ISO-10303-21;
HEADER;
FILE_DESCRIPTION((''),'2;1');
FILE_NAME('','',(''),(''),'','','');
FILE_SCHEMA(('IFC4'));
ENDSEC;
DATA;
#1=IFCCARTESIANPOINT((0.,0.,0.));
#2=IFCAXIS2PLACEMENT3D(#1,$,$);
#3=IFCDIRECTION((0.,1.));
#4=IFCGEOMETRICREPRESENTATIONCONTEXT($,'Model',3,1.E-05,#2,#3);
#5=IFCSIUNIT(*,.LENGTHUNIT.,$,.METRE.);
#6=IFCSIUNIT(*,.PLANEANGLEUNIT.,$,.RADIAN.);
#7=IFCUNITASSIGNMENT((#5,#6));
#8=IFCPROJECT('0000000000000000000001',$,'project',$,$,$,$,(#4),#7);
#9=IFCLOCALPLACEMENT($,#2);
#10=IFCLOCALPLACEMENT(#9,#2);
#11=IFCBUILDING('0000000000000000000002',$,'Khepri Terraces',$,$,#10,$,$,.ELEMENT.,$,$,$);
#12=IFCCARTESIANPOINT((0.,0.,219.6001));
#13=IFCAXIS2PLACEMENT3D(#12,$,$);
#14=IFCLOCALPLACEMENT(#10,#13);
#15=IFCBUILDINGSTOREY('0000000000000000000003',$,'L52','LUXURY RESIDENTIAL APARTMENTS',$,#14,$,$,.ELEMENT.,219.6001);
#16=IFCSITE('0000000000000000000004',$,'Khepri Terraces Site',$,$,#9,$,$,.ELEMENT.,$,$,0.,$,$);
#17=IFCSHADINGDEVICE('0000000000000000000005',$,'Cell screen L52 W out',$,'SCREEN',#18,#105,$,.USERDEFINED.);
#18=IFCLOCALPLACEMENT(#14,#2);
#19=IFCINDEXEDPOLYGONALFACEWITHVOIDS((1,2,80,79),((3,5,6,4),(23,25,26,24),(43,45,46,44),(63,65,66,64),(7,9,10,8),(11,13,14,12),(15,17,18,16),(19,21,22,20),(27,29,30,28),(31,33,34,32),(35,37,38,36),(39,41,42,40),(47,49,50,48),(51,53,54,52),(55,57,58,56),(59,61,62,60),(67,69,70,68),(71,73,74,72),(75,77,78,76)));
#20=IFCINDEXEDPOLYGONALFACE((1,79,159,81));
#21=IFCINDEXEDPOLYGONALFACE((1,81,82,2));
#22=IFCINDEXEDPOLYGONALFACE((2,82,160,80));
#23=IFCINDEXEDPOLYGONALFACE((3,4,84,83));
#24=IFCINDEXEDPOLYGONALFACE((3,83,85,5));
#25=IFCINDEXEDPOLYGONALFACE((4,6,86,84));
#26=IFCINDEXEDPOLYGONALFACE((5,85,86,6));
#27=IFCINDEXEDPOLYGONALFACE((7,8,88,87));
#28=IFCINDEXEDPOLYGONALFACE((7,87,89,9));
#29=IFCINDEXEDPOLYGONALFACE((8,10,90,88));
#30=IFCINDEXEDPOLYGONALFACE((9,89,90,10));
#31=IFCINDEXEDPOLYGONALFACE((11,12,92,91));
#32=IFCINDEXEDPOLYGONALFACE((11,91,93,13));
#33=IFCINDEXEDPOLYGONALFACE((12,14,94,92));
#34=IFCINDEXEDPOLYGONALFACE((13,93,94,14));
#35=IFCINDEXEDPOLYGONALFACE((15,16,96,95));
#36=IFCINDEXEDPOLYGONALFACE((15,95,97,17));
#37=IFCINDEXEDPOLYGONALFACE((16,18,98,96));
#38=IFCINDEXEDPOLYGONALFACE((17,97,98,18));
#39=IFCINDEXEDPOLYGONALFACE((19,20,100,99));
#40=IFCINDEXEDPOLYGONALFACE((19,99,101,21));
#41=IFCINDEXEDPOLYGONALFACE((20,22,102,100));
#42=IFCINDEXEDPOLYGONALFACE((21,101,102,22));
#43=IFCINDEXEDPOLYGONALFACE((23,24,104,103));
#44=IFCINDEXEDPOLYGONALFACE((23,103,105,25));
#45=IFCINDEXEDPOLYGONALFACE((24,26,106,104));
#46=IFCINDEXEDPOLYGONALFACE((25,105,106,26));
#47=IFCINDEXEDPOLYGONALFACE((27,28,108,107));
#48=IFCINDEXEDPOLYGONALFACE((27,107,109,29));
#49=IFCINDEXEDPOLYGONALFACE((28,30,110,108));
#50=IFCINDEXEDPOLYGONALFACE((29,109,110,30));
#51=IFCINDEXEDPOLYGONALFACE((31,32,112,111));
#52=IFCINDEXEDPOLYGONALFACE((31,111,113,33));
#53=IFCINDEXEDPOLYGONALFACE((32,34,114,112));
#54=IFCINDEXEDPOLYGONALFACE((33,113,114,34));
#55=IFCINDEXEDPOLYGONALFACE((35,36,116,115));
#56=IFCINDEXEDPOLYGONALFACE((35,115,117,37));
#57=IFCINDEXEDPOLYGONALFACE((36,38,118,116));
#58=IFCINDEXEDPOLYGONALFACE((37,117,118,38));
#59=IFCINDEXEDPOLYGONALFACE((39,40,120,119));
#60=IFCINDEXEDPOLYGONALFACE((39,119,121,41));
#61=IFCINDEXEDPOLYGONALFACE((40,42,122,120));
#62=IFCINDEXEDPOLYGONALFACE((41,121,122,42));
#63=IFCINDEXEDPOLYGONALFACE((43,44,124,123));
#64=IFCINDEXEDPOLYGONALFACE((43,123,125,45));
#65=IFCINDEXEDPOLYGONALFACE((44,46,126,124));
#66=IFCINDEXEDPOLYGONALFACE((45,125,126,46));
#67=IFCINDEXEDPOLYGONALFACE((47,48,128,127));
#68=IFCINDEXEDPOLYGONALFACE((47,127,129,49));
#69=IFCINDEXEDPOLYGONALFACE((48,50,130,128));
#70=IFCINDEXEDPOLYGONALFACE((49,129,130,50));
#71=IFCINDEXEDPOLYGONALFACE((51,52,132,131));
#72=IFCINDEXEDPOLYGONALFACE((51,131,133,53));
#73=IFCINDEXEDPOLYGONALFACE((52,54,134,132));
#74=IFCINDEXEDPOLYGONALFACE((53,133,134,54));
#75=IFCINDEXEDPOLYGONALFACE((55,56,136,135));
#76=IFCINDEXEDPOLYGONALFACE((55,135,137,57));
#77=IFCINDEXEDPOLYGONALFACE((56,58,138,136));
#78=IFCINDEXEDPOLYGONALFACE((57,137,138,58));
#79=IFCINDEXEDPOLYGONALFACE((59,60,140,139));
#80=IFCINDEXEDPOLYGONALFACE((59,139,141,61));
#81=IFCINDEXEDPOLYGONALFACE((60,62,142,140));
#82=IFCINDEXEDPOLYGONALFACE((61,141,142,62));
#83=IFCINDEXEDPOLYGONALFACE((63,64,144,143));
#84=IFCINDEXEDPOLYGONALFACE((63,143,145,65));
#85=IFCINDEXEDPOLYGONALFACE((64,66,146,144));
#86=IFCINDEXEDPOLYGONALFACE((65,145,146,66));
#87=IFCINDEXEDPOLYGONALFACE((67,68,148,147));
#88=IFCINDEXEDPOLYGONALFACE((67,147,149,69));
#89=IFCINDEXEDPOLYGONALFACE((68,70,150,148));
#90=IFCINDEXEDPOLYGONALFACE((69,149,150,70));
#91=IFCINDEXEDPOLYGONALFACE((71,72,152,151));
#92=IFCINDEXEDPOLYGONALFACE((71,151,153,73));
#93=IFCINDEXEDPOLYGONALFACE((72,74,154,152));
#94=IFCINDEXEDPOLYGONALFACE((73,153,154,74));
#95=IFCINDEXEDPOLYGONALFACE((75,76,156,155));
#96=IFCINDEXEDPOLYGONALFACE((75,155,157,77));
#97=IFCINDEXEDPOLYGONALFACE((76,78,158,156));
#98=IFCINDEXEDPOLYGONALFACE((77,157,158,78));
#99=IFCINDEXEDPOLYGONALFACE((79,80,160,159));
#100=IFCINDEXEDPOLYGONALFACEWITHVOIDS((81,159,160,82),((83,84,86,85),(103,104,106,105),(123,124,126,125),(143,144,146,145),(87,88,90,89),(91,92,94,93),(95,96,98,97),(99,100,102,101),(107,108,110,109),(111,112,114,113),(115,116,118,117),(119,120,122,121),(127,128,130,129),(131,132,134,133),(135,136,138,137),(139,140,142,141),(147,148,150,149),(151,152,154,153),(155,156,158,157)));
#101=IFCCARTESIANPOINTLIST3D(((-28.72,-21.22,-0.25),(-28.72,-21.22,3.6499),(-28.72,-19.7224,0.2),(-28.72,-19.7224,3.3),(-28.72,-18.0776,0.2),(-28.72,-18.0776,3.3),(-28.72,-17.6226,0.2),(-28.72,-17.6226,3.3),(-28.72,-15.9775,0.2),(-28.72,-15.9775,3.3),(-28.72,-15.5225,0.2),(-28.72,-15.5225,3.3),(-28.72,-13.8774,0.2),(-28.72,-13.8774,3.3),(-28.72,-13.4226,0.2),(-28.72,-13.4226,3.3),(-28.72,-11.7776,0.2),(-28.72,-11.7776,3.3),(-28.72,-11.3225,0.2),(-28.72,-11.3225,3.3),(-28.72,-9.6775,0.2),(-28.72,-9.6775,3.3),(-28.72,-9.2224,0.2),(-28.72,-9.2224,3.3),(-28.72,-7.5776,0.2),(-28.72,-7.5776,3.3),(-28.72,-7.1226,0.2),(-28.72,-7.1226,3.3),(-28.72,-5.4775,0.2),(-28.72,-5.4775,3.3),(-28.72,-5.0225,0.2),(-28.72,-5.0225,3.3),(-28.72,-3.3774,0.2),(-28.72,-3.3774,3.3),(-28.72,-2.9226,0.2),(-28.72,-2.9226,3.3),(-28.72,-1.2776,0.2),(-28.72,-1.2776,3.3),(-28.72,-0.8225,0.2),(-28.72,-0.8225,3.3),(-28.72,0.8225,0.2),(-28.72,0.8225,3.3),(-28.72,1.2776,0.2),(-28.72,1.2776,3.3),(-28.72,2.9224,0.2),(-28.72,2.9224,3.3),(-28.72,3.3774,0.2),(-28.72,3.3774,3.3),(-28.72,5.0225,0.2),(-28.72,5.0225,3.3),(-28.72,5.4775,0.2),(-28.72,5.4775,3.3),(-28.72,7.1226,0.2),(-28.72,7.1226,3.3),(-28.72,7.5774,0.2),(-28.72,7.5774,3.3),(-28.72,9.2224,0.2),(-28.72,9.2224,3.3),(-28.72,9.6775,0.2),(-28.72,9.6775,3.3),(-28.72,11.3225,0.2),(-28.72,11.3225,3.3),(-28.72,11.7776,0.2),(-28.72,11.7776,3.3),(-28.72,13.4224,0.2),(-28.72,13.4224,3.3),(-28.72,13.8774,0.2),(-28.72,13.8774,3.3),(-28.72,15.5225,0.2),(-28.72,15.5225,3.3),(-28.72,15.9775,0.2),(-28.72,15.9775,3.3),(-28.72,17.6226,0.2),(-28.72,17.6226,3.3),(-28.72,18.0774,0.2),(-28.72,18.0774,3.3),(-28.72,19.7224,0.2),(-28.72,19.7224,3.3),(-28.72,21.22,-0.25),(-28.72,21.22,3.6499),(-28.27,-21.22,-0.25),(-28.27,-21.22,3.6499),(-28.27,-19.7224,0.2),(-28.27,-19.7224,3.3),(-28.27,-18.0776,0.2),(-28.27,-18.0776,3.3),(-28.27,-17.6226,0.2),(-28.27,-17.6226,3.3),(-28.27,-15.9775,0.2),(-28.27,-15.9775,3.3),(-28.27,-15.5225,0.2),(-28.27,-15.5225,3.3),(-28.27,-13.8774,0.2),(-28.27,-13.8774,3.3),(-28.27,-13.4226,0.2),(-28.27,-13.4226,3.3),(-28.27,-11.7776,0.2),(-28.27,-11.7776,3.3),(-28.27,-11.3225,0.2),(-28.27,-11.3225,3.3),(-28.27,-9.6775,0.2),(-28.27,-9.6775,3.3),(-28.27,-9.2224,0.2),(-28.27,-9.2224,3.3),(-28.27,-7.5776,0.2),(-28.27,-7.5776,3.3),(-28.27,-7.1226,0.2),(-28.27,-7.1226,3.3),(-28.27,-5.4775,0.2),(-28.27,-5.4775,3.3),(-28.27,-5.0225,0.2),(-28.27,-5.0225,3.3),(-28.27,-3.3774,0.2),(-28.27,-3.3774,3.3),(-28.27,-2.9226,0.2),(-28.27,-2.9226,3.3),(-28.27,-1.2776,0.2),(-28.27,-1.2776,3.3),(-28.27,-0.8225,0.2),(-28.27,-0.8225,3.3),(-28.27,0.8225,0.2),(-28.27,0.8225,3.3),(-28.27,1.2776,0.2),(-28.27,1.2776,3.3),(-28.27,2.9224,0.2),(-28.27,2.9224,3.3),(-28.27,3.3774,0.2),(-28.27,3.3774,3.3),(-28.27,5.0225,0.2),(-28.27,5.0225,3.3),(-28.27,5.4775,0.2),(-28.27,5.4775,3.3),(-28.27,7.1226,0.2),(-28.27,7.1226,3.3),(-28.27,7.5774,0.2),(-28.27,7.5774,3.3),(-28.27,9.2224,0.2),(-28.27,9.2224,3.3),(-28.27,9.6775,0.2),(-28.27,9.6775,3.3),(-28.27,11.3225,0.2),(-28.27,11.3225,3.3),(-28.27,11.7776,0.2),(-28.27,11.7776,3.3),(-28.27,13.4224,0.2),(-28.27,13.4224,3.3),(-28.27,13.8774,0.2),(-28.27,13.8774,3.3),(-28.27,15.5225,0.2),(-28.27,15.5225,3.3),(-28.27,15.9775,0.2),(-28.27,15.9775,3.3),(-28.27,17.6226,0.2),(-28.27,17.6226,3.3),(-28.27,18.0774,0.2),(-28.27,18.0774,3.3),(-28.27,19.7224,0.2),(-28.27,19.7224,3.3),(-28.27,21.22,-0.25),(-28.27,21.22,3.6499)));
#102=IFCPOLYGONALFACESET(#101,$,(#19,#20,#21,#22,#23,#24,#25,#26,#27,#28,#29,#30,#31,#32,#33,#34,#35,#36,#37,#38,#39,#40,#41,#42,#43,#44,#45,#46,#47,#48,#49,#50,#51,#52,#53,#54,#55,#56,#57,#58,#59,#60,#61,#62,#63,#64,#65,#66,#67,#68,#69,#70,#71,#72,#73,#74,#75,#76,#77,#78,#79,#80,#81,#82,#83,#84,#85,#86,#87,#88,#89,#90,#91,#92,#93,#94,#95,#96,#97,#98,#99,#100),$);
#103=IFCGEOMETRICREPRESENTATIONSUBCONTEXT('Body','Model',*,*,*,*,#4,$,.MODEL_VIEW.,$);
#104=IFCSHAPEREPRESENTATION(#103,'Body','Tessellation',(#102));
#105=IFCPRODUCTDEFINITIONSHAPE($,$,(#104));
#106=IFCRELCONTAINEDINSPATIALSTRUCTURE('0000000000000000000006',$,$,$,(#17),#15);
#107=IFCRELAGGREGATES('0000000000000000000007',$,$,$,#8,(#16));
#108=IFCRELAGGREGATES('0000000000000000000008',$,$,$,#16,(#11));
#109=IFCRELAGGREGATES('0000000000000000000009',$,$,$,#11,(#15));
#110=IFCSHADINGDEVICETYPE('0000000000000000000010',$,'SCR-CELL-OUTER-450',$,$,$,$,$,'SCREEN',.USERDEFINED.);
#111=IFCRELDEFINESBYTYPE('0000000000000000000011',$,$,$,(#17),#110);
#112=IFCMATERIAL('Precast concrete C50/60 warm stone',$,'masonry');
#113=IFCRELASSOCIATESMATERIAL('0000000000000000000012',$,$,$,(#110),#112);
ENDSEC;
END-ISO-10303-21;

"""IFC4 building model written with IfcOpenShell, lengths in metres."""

from ifc_helpers import new_model, si_unit, direction, frame, origin, place, context, subcontext, project, spatial, polyline, outline, extrude, material, type_object, element, save


model = new_model("IFC4")

# Units and contexts
model_context = context("Model", 3, precision=1e-05, world=origin(), true_north=direction((0.0, 1.0)))
body_context = subcontext(model_context, "Body", "Model", "MODEL_VIEW")
ifc_project = project(units=[si_unit("LENGTHUNIT", "METRE"), si_unit("PLANEANGLEUNIT", "RADIAN")], contexts=[model_context])

# Site, building, storey
site_placement = place(None, origin())
site = spatial("IfcSite", under=ifc_project, at=site_placement, Name="Khepri Terraces Site", CompositionType="ELEMENT", RefElevation=0.0)
building_placement = place(site_placement, origin())
building = spatial("IfcBuilding", under=site, at=building_placement, Name="Khepri Terraces", CompositionType="ELEMENT")
storey_placement = place(building_placement, frame((0.0, 0.0, 219.6001)))
storey = spatial("IfcBuildingStorey", under=building, at=storey_placement, Name="L52", Description="LUXURY RESIDENTIAL APARTMENTS", CompositionType="ELEMENT", Elevation=219.6001)

# Shared definitions
ifc_material_1 = material(Name="Precast concrete C50/60 warm stone", Category="masonry")

# Shading device
shading_device_type_1 = type_object("IfcShadingDeviceType", Name="SCR-CELL-OUTER-450", ElementType="SCREEN", PredefinedType="USERDEFINED", material=ifc_material_1)
shading_device_1_placement = place(storey_placement, frame((-28.27, 21.22, -0.25), z_axis=(-1.0, 0.0, 0.0), x_axis=(0.0, -1.0, 0.0)))
element("IfcShadingDevice", 1, at=shading_device_1_placement, inside=storey, type_object=shading_device_type_1, Name="Cell screen L52 W out", ObjectType="SCREEN", PredefinedType="USERDEFINED", context=body_context, shape_type="SweptSolid", body=[
    extrude(outline(polyline([(0.0, 0.0), (42.4399, 0.0), (42.4399, 3.8999), (0.0, 3.8999), (0.0, 0.0)]), holes=[polyline([(1.4976, 0.45), (3.1426, 0.45), (3.1426, 3.55), (1.4976, 3.55), (1.4976, 0.45)]), polyline([(3.5974, 0.45), (5.2424, 0.45), (5.2424, 3.55), (3.5974, 3.55), (3.5974, 0.45)]), polyline([(5.6975, 0.45), (7.3425, 0.45), (7.3425, 3.55), (5.6975, 3.55), (5.6975, 0.45)]), polyline([(7.7976, 0.45), (9.4424, 0.45), (9.4424, 3.55), (7.7976, 3.55), (7.7976, 0.45)]), polyline([(9.8975, 0.45), (11.5425, 0.45), (11.5425, 3.55), (9.8975, 3.55), (9.8975, 0.45)]), polyline([(11.9976, 0.45), (13.6426, 0.45), (13.6426, 3.55), (11.9976, 3.55), (11.9976, 0.45)]), polyline([(14.0974, 0.45), (15.7424, 0.45), (15.7424, 3.55), (14.0974, 3.55), (14.0974, 0.45)]), polyline([(16.1975, 0.45), (17.8425, 0.45), (17.8425, 3.55), (16.1975, 3.55), (16.1975, 0.45)]), polyline([(18.2976, 0.45), (19.9424, 0.45), (19.9424, 3.55), (18.2976, 3.55), (18.2976, 0.45)]), polyline([(20.3975, 0.45), (22.0425, 0.45), (22.0425, 3.55), (20.3975, 3.55), (20.3975, 0.45)]), polyline([(22.4976, 0.45), (24.1426, 0.45), (24.1426, 3.55), (22.4976, 3.55), (22.4976, 0.45)]), polyline([(24.5974, 0.45), (26.2424, 0.45), (26.2424, 3.55), (24.5974, 3.55), (24.5974, 0.45)]), polyline([(26.6975, 0.45), (28.3425, 0.45), (28.3425, 3.55), (26.6975, 3.55), (26.6975, 0.45)]), polyline([(28.7976, 0.45), (30.4424, 0.45), (30.4424, 3.55), (28.7976, 3.55), (28.7976, 0.45)]), polyline([(30.8975, 0.45), (32.5425, 0.45), (32.5425, 3.55), (30.8975, 3.55), (30.8975, 0.45)]), polyline([(32.9976, 0.45), (34.6426, 0.45), (34.6426, 3.55), (32.9976, 3.55), (32.9976, 0.45)]), polyline([(35.0974, 0.45), (36.7424, 0.45), (36.7424, 3.55), (35.0974, 3.55), (35.0974, 0.45)]), polyline([(37.1975, 0.45), (38.8425, 0.45), (38.8425, 3.55), (37.1975, 3.55), (37.1975, 0.45)]), polyline([(39.2976, 0.45), (40.9424, 0.45), (40.9424, 3.55), (39.2976, 3.55), (39.2976, 0.45)])]), origin(), (0.0, 0.0, 1.0), 0.45),
])

save(model, "model.ifc")
